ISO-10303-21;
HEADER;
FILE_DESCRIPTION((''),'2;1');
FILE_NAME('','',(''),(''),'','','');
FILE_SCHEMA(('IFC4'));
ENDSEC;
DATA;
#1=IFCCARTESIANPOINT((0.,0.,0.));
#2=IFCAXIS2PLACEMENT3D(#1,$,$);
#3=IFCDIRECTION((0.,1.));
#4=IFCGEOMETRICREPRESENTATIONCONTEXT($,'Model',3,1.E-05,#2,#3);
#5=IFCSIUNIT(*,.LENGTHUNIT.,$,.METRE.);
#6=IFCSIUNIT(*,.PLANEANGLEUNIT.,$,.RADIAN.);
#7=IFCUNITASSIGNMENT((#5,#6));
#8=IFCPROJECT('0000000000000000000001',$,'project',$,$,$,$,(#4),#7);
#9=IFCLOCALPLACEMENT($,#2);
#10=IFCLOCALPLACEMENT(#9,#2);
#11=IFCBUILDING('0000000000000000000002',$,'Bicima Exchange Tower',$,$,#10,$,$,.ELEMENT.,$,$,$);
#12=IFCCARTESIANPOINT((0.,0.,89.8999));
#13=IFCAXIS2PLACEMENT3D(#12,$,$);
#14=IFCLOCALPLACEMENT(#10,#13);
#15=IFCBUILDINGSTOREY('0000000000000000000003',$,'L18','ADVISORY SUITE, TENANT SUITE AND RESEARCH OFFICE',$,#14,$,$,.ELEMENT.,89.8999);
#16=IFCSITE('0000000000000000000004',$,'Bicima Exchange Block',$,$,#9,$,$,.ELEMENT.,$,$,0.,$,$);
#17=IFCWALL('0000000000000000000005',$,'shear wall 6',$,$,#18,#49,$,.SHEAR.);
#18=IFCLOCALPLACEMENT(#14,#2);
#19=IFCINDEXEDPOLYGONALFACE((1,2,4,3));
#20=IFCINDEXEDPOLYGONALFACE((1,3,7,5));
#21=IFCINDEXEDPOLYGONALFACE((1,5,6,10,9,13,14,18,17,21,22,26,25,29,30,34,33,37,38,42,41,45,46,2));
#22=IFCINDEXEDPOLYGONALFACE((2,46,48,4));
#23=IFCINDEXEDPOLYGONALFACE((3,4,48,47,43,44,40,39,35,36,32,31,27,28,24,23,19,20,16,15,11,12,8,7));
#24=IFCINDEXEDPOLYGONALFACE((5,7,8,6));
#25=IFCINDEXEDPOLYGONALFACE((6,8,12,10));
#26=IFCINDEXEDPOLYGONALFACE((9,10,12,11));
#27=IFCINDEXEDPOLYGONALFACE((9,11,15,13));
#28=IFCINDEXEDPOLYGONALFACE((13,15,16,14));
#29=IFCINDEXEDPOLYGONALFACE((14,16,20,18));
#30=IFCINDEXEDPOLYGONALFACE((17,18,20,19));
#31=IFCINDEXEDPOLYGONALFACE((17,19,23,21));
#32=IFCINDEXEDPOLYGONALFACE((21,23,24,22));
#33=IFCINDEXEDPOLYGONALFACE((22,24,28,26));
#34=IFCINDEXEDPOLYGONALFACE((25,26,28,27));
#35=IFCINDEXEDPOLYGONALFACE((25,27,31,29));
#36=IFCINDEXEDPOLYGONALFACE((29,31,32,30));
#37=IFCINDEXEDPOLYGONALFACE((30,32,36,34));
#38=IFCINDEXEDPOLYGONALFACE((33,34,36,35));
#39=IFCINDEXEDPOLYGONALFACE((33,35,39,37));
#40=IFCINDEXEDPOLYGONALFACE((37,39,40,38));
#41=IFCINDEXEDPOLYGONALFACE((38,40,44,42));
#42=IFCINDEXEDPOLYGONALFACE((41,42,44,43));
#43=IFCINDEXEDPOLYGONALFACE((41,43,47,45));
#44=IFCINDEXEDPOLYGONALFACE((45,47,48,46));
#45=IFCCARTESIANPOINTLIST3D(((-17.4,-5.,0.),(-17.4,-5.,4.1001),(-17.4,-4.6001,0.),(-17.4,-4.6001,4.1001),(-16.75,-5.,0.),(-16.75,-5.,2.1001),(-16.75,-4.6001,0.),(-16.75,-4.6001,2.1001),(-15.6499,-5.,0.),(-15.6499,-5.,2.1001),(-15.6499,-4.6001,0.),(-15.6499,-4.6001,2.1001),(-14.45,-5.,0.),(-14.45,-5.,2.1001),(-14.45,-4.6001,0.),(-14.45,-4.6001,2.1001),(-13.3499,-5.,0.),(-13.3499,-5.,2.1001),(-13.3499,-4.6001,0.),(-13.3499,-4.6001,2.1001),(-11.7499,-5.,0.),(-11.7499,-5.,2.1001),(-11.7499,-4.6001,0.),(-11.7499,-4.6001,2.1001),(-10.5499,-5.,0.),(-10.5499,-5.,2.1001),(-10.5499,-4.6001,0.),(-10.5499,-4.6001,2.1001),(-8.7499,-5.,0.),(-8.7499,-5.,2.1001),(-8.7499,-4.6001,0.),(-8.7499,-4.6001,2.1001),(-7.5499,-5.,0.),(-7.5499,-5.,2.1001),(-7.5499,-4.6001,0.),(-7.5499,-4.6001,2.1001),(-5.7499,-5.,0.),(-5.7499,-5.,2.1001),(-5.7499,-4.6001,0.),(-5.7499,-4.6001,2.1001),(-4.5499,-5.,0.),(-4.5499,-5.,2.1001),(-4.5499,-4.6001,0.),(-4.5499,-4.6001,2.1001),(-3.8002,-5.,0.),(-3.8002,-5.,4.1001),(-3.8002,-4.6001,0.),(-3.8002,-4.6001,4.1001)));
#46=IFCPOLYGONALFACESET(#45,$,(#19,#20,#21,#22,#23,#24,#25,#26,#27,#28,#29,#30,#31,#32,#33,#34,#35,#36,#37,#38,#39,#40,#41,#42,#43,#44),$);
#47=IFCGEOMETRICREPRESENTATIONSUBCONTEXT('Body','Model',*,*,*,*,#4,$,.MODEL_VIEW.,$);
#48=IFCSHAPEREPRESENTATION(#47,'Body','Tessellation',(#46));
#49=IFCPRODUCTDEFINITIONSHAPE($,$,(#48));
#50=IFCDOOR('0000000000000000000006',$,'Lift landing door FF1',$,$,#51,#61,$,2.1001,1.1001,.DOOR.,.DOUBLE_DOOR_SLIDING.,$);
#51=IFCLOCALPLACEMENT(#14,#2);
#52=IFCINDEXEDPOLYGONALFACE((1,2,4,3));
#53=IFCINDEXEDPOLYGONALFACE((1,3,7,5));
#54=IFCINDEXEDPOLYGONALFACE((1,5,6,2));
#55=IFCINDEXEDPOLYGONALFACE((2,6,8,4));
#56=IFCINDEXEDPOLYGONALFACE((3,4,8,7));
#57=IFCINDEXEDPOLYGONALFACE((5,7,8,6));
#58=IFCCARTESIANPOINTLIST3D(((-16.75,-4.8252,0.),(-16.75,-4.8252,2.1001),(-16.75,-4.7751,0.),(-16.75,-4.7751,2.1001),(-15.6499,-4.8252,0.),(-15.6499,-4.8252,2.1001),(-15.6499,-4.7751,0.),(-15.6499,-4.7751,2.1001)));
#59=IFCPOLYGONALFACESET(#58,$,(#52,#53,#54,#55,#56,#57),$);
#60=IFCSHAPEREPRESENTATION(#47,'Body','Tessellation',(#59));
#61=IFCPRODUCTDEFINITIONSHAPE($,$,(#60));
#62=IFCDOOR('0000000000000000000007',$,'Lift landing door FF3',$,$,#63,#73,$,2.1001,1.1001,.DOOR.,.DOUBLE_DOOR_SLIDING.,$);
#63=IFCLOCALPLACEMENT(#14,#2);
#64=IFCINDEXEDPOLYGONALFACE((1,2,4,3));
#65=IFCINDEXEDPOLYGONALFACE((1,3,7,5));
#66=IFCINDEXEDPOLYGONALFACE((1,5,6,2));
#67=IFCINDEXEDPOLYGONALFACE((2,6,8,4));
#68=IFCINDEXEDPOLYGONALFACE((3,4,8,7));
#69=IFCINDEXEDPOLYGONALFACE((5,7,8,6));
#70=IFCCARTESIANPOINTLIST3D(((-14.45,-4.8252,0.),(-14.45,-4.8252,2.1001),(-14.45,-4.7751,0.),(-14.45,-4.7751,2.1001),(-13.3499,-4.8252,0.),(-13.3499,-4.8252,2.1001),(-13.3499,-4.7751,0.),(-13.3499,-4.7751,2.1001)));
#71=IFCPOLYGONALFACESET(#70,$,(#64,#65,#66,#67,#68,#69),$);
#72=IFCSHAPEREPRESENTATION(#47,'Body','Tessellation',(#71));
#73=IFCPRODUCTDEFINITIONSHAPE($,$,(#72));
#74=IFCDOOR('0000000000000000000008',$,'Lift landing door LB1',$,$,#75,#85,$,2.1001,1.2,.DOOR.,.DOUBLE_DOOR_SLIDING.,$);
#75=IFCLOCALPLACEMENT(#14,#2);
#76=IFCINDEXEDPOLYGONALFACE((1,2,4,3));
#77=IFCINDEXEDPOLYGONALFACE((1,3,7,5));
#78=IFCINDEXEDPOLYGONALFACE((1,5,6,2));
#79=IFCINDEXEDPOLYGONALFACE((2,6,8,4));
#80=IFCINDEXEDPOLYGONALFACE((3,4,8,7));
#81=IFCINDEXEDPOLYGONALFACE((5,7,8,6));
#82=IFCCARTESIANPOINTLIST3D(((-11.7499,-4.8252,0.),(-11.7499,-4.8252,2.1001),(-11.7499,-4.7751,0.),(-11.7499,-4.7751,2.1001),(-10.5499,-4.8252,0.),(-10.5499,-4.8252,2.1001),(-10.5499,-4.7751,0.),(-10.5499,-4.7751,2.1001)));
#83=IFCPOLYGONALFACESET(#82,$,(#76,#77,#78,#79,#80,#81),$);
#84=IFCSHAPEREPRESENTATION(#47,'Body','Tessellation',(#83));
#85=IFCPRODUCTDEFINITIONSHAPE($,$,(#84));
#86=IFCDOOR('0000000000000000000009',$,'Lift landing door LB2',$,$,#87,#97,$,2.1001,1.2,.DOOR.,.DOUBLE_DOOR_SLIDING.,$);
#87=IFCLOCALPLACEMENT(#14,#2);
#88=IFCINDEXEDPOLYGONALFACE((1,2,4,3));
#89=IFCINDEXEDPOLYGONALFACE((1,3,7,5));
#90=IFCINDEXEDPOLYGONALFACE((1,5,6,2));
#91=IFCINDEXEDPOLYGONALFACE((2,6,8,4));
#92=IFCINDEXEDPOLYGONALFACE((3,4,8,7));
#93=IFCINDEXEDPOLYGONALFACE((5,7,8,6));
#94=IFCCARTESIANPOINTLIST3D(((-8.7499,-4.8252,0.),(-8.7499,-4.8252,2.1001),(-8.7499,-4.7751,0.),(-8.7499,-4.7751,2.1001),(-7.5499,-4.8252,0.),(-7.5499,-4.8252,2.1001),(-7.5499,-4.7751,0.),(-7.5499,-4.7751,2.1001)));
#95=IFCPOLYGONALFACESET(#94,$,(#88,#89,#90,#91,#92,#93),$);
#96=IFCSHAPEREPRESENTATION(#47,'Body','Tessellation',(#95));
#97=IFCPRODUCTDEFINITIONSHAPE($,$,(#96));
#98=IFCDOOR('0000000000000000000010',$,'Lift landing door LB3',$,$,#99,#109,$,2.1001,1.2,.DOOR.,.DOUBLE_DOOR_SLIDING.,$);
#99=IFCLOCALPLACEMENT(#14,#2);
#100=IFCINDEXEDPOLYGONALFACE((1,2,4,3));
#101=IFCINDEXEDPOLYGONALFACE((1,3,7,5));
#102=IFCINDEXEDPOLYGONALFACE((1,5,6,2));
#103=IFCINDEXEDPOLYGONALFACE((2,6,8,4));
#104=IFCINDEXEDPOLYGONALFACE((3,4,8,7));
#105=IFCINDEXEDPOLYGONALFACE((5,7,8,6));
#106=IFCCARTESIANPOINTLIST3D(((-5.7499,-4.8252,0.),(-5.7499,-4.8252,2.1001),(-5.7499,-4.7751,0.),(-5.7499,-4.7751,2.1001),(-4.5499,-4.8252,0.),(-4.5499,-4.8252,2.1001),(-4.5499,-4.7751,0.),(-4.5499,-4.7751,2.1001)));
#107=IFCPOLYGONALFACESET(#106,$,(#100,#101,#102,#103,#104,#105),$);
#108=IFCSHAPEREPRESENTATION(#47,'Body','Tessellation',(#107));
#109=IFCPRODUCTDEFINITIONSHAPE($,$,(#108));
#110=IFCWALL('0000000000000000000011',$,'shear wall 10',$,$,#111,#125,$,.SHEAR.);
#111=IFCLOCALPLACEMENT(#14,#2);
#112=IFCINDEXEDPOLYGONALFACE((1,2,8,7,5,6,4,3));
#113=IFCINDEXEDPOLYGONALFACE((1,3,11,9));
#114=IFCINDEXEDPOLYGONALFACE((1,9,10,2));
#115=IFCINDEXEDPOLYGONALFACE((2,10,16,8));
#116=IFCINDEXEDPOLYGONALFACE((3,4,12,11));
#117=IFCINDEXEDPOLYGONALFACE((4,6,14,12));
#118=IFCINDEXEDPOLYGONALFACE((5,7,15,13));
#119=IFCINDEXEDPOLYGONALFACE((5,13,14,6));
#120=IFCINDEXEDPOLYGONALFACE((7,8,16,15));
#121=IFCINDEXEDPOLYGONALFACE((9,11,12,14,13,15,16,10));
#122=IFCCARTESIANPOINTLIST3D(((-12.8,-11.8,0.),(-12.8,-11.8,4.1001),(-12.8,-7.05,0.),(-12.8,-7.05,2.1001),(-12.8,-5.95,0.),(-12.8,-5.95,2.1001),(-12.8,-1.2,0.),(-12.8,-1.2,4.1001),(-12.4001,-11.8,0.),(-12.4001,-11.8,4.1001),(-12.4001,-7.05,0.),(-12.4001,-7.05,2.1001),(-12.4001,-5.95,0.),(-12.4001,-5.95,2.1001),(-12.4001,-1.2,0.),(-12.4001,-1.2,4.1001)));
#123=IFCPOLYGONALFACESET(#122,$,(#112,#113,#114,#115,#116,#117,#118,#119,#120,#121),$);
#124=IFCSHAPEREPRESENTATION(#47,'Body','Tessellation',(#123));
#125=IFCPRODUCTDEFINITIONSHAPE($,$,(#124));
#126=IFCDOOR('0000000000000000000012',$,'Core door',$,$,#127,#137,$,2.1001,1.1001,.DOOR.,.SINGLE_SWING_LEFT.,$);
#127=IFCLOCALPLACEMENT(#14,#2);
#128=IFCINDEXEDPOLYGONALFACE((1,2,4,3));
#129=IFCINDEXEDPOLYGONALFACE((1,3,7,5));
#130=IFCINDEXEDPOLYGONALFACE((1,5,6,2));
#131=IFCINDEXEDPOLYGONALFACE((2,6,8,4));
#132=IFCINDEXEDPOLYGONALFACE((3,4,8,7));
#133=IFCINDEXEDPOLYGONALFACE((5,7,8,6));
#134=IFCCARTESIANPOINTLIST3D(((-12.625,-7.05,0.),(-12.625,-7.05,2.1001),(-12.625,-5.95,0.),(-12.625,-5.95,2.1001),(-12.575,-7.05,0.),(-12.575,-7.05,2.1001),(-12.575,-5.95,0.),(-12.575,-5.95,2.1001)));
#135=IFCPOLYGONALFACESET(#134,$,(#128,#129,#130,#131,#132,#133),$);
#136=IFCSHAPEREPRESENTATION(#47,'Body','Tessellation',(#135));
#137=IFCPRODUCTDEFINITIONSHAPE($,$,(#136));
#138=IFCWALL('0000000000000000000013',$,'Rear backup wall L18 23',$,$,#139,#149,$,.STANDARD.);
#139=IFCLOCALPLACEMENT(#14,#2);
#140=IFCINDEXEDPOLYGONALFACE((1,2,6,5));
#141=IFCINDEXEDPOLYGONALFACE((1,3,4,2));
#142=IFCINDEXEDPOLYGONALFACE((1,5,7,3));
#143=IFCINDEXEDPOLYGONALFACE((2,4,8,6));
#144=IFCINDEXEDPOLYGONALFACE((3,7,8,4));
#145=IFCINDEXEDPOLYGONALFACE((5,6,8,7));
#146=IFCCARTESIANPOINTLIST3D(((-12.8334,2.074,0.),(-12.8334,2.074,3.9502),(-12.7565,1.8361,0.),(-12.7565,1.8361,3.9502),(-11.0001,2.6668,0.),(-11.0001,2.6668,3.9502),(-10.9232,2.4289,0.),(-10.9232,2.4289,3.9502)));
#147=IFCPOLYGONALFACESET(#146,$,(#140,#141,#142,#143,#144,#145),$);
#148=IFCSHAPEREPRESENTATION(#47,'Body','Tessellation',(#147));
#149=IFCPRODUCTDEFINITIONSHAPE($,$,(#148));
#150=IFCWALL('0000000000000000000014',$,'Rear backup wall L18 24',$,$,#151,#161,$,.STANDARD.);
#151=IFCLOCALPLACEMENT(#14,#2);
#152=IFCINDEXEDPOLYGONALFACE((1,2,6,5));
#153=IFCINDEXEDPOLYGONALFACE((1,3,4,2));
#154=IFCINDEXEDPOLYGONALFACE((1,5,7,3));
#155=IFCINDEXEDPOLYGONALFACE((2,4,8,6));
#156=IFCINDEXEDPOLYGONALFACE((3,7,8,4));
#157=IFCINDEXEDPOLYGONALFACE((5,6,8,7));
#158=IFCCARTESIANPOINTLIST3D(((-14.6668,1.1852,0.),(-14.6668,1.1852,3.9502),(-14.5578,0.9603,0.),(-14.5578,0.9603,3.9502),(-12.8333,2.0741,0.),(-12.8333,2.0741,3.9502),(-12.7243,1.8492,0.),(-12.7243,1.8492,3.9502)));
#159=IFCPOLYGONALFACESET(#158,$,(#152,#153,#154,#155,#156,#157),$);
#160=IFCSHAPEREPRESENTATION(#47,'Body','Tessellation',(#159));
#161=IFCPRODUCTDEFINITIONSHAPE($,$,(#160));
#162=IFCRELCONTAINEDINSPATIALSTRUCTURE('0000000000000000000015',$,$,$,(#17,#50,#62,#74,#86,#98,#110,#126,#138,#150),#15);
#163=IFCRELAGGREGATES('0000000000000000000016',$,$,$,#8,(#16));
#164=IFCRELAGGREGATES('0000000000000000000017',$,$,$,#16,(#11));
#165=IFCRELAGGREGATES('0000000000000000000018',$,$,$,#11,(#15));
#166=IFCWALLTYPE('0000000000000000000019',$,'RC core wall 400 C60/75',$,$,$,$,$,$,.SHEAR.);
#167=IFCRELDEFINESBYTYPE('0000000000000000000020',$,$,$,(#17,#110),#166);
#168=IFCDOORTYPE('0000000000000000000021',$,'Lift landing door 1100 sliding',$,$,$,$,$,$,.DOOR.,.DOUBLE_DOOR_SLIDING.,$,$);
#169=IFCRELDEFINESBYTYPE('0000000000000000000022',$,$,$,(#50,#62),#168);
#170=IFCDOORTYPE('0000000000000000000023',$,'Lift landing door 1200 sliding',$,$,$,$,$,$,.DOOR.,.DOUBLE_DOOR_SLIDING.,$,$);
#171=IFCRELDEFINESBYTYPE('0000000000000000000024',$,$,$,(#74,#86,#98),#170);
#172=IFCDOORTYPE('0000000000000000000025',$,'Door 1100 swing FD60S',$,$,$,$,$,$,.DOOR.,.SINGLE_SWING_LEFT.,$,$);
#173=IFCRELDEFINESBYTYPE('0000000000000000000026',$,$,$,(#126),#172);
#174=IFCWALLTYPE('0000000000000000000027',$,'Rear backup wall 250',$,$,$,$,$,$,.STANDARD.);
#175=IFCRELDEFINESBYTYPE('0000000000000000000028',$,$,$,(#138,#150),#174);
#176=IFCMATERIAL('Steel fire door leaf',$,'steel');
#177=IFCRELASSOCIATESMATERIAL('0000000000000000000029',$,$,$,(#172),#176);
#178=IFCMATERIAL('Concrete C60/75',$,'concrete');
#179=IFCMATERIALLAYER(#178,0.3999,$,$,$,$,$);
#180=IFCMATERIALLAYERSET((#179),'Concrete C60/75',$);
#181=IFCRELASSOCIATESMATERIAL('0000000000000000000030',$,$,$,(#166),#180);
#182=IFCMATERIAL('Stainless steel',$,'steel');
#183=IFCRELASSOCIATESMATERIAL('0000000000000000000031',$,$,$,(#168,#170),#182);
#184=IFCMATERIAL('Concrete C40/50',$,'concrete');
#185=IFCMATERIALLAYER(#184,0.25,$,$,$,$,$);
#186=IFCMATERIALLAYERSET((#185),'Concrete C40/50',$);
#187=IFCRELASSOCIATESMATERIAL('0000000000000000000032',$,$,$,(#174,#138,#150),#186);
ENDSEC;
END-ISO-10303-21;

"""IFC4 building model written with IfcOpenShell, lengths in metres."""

from ifc_helpers import new_model, si_unit, direction, frame, frame_2d, origin, place, context, subcontext, project, spatial, rectangle, extrude, material, layer, layer_set, layer_usage, type_object, element, fill, save


model = new_model("IFC4")

# Units and contexts
model_context = context("Model", 3, precision=1e-05, world=origin(), true_north=direction((0.0, 1.0)))
body_context = subcontext(model_context, "Body", "Model", "MODEL_VIEW")
ifc_project = project(units=[si_unit("LENGTHUNIT", "METRE"), si_unit("PLANEANGLEUNIT", "RADIAN")], contexts=[model_context])

# Site, building, storey
site_placement = place(None, origin())
site = spatial("IfcSite", under=ifc_project, at=site_placement, Name="Bicima Exchange Block", CompositionType="ELEMENT", RefElevation=0.0)
building_placement = place(site_placement, origin())
building = spatial("IfcBuilding", under=site, at=building_placement, Name="Bicima Exchange Tower", CompositionType="ELEMENT")
storey_placement = place(building_placement, frame((0.0, 0.0, 89.8999)))
storey = spatial("IfcBuildingStorey", under=building, at=storey_placement, Name="L18", Description="ADVISORY SUITE, TENANT SUITE AND RESEARCH OFFICE", CompositionType="ELEMENT", Elevation=89.8999)

# Shared definitions
ifc_material_1 = material(Name="Steel fire door leaf", Category="steel")
door_type_1 = type_object("IfcDoorType", Name="Door 1100 swing FD60S", OperationType="SINGLE_SWING_LEFT", PredefinedType="DOOR", material=ifc_material_1)

# Shared definitions
ifc_material_2 = material(Name="Concrete C60/75", Category="concrete")
ifc_layer_1 = layer(ifc_material_2, 0.3999)
ifc_layer_set_1 = layer_set([ifc_layer_1], Name="Concrete C60/75")
wall_type_1 = type_object("IfcWallType", Name="RC core wall 400 C60/75", PredefinedType="SHEAR", material=ifc_layer_set_1)

# Wall, openings, doors
wall_1_placement = place(storey_placement, frame((-17.3999, -4.8, 0.0), z_axis=(0.0, 0.0, 1.0), x_axis=(1.0, 0.0, 0.0)))
wall_1 = element("IfcWall", 1, at=wall_1_placement, inside=storey, type_object=wall_type_1, Name="shear wall 6", PredefinedType="SHEAR", context=body_context, shape_type="SweptSolid", body=[
    extrude(rectangle(XDim=13.5999, YDim=0.3999, at=frame_2d((6.7998, 0.0))), origin(), (0.0, 0.0, 1.0), 4.1001),
])
opening_1_placement = place(wall_1_placement, frame((0.6499, 0.0, 0.0)))
opening_1 = element("IfcOpeningElement", 2, at=opening_1_placement, cuts=wall_1, PredefinedType="OPENING", context=body_context, shape_type="SweptSolid", body=[
    extrude(rectangle(XDim=1.1001, YDim=2.1001, at=frame_2d((0.55, 1.05))), frame((0.0, 0.2119, 0.0), z_axis=(0.0, -1.0, 0.0), x_axis=(1.0, 0.0, 0.0)), (0.0, 0.0, 1.0), 0.4238),
])
opening_2_placement = place(wall_1_placement, frame((2.95, 0.0, 0.0)))
opening_2 = element("IfcOpeningElement", 3, at=opening_2_placement, cuts=wall_1, PredefinedType="OPENING", context=body_context, shape_type="SweptSolid", body=[
    extrude(rectangle(XDim=1.1001, YDim=2.1001, at=frame_2d((0.55, 1.05))), frame((0.0, 0.2119, 0.0), z_axis=(0.0, -1.0, 0.0), x_axis=(1.0, 0.0, 0.0)), (0.0, 0.0, 1.0), 0.4238),
])
opening_3_placement = place(wall_1_placement, frame((5.6499, 0.0, 0.0)))
opening_3 = element("IfcOpeningElement", 4, at=opening_3_placement, cuts=wall_1, PredefinedType="OPENING", context=body_context, shape_type="SweptSolid", body=[
    extrude(rectangle(XDim=1.2, YDim=2.1001, at=frame_2d((0.6001, 1.05))), frame((0.0, 0.2119, 0.0), z_axis=(0.0, -1.0, 0.0), x_axis=(1.0, 0.0, 0.0)), (0.0, 0.0, 1.0), 0.4238),
])
opening_4_placement = place(wall_1_placement, frame((8.6499, 0.0, 0.0)))
opening_4 = element("IfcOpeningElement", 5, at=opening_4_placement, cuts=wall_1, PredefinedType="OPENING", context=body_context, shape_type="SweptSolid", body=[
    extrude(rectangle(XDim=1.2, YDim=2.1001, at=frame_2d((0.6001, 1.05))), frame((0.0, 0.2119, 0.0), z_axis=(0.0, -1.0, 0.0), x_axis=(1.0, 0.0, 0.0)), (0.0, 0.0, 1.0), 0.4238),
])
opening_5_placement = place(wall_1_placement, frame((11.6499, 0.0, 0.0)))
opening_5 = element("IfcOpeningElement", 6, at=opening_5_placement, cuts=wall_1, PredefinedType="OPENING", context=body_context, shape_type="SweptSolid", body=[
    extrude(rectangle(XDim=1.2, YDim=2.1001, at=frame_2d((0.6001, 1.05))), frame((0.0, 0.2119, 0.0), z_axis=(0.0, -1.0, 0.0), x_axis=(1.0, 0.0, 0.0)), (0.0, 0.0, 1.0), 0.4238),
])
ifc_material_3 = material(Name="Stainless steel", Category="steel")
door_type_2 = type_object("IfcDoorType", Name="Lift landing door 1100 sliding", OperationType="DOUBLE_DOOR_SLIDING", PredefinedType="DOOR", material=ifc_material_3)
door_1_placement = place(opening_1_placement, origin())
door_1 = element("IfcDoor", 7, at=door_1_placement, inside=storey, type_object=door_type_2, Name="Lift landing door FF1", OperationType="DOUBLE_DOOR_SLIDING", OverallHeight=2.1001, OverallWidth=1.1001, PredefinedType="DOOR", context=body_context, shape_type="SweptSolid", body=[
    extrude(rectangle(XDim=1.1001, YDim=2.1001, at=frame_2d((0.55, 1.05))), frame((0.0, 0.0249, 0.0), z_axis=(0.0, -1.0, 0.0), x_axis=(1.0, 0.0, 0.0)), (0.0, 0.0, 1.0), 0.05),
])
fill(opening_1, door_1)
door_2_placement = place(opening_2_placement, origin())
door_2 = element("IfcDoor", 8, at=door_2_placement, inside=storey, type_object=door_type_2, Name="Lift landing door FF3", OperationType="DOUBLE_DOOR_SLIDING", OverallHeight=2.1001, OverallWidth=1.1001, PredefinedType="DOOR", context=body_context, shape_type="SweptSolid", body=[
    extrude(rectangle(XDim=1.1001, YDim=2.1001, at=frame_2d((0.55, 1.05))), frame((0.0, 0.0249, 0.0), z_axis=(0.0, -1.0, 0.0), x_axis=(1.0, 0.0, 0.0)), (0.0, 0.0, 1.0), 0.05),
])
fill(opening_2, door_2)
door_type_3 = type_object("IfcDoorType", Name="Lift landing door 1200 sliding", OperationType="DOUBLE_DOOR_SLIDING", PredefinedType="DOOR", material=ifc_material_3)
door_3_placement = place(opening_3_placement, origin())
door_3 = element("IfcDoor", 9, at=door_3_placement, inside=storey, type_object=door_type_3, Name="Lift landing door LB1", OperationType="DOUBLE_DOOR_SLIDING", OverallHeight=2.1001, OverallWidth=1.2, PredefinedType="DOOR", context=body_context, shape_type="SweptSolid", body=[
    extrude(rectangle(XDim=1.2, YDim=2.1001, at=frame_2d((0.6001, 1.05))), frame((0.0, 0.0249, 0.0), z_axis=(0.0, -1.0, 0.0), x_axis=(1.0, 0.0, 0.0)), (0.0, 0.0, 1.0), 0.05),
])
fill(opening_3, door_3)
door_4_placement = place(opening_4_placement, origin())
door_4 = element("IfcDoor", 10, at=door_4_placement, inside=storey, type_object=door_type_3, Name="Lift landing door LB2", OperationType="DOUBLE_DOOR_SLIDING", OverallHeight=2.1001, OverallWidth=1.2, PredefinedType="DOOR", context=body_context, shape_type="SweptSolid", body=[
    extrude(rectangle(XDim=1.2, YDim=2.1001, at=frame_2d((0.6001, 1.05))), frame((0.0, 0.0249, 0.0), z_axis=(0.0, -1.0, 0.0), x_axis=(1.0, 0.0, 0.0)), (0.0, 0.0, 1.0), 0.05),
])
fill(opening_4, door_4)
door_5_placement = place(opening_5_placement, origin())
door_5 = element("IfcDoor", 11, at=door_5_placement, inside=storey, type_object=door_type_3, Name="Lift landing door LB3", OperationType="DOUBLE_DOOR_SLIDING", OverallHeight=2.1001, OverallWidth=1.2, PredefinedType="DOOR", context=body_context, shape_type="SweptSolid", body=[
    extrude(rectangle(XDim=1.2, YDim=2.1001, at=frame_2d((0.6001, 1.05))), frame((0.0, 0.0249, 0.0), z_axis=(0.0, -1.0, 0.0), x_axis=(1.0, 0.0, 0.0)), (0.0, 0.0, 1.0), 0.05),
])
fill(opening_5, door_5)

# Wall, opening, door
wall_2_placement = place(storey_placement, frame((-12.6001, -11.8, 0.0), z_axis=(0.0, 0.0, 1.0), x_axis=(0.0, 1.0, 0.0)))
wall_2 = element("IfcWall", 12, at=wall_2_placement, inside=storey, type_object=wall_type_1, Name="shear wall 10", PredefinedType="SHEAR", context=body_context, shape_type="SweptSolid", body=[
    extrude(rectangle(XDim=10.6001, YDim=0.3999, at=frame_2d((5.3, 0.0))), origin(), (0.0, 0.0, 1.0), 4.1001),
])
opening_6_placement = place(wall_2_placement, frame((4.75, 0.0, 0.0)))
opening_6 = element("IfcOpeningElement", 13, at=opening_6_placement, cuts=wall_2, PredefinedType="OPENING", context=body_context, shape_type="SweptSolid", body=[
    extrude(rectangle(XDim=1.1001, YDim=2.1001, at=frame_2d((0.55, 1.05))), frame((0.0, 0.2119, 0.0), z_axis=(0.0, -1.0, 0.0), x_axis=(1.0, 0.0, 0.0)), (0.0, 0.0, 1.0), 0.4238),
])
door_6_placement = place(opening_6_placement, origin())
door_6 = element("IfcDoor", 14, at=door_6_placement, inside=storey, type_object=door_type_1, Name="Core door", OperationType="SINGLE_SWING_LEFT", OverallHeight=2.1001, OverallWidth=1.1001, PredefinedType="DOOR", context=body_context, shape_type="SweptSolid", body=[
    extrude(rectangle(XDim=1.1001, YDim=2.1001, at=frame_2d((0.55, 1.05))), frame((0.0, 0.0249, 0.0), z_axis=(0.0, -1.0, 0.0), x_axis=(1.0, 0.0, 0.0)), (0.0, 0.0, 1.0), 0.05),
])
fill(opening_6, door_6)

# Walls
ifc_material_4 = material(Name="Concrete C40/50", Category="concrete")
ifc_layer_2 = layer(ifc_material_4, 0.25)
ifc_layer_set_2 = layer_set([ifc_layer_2], Name="Concrete C40/50")
ifc_layer_usage = layer_usage(ifc_layer_set_2, "AXIS2", "POSITIVE", -0.125)
wall_type_2 = type_object("IfcWallType", Name="Rear backup wall 250", PredefinedType="STANDARD", material=ifc_layer_set_2)
wall_3_placement = place(storey_placement, frame((-10.9617, 2.5479, 0.0), z_axis=(0.0, 0.0, 1.0), x_axis=(-0.951496, -0.307662, 0.0)))
element("IfcWall", 15, at=wall_3_placement, inside=storey, type_object=wall_type_2, material=ifc_layer_usage, Name="Rear backup wall L18 23", PredefinedType="STANDARD", context=body_context, shape_type="SweptSolid", body=[
    extrude(rectangle(XDim=1.9268, YDim=0.25, at=frame_2d((0.9634, 0.0))), origin(), (0.0, 0.0, 1.0), 3.9502),
])
wall_4_placement = place(storey_placement, frame((-12.7788, 1.9617, 0.0), z_axis=(0.0, 0.0, 1.0), x_axis=(-0.899824, -0.436253, 0.0)))
element("IfcWall", 16, at=wall_4_placement, inside=storey, type_object=wall_type_2, material=ifc_layer_usage, Name="Rear backup wall L18 24", PredefinedType="STANDARD", context=body_context, shape_type="SweptSolid", body=[
    extrude(rectangle(XDim=2.0376, YDim=0.25, at=frame_2d((1.0188, 0.0))), origin(), (0.0, 0.0, 1.0), 3.9502),
])

save(model, "model.ifc")
